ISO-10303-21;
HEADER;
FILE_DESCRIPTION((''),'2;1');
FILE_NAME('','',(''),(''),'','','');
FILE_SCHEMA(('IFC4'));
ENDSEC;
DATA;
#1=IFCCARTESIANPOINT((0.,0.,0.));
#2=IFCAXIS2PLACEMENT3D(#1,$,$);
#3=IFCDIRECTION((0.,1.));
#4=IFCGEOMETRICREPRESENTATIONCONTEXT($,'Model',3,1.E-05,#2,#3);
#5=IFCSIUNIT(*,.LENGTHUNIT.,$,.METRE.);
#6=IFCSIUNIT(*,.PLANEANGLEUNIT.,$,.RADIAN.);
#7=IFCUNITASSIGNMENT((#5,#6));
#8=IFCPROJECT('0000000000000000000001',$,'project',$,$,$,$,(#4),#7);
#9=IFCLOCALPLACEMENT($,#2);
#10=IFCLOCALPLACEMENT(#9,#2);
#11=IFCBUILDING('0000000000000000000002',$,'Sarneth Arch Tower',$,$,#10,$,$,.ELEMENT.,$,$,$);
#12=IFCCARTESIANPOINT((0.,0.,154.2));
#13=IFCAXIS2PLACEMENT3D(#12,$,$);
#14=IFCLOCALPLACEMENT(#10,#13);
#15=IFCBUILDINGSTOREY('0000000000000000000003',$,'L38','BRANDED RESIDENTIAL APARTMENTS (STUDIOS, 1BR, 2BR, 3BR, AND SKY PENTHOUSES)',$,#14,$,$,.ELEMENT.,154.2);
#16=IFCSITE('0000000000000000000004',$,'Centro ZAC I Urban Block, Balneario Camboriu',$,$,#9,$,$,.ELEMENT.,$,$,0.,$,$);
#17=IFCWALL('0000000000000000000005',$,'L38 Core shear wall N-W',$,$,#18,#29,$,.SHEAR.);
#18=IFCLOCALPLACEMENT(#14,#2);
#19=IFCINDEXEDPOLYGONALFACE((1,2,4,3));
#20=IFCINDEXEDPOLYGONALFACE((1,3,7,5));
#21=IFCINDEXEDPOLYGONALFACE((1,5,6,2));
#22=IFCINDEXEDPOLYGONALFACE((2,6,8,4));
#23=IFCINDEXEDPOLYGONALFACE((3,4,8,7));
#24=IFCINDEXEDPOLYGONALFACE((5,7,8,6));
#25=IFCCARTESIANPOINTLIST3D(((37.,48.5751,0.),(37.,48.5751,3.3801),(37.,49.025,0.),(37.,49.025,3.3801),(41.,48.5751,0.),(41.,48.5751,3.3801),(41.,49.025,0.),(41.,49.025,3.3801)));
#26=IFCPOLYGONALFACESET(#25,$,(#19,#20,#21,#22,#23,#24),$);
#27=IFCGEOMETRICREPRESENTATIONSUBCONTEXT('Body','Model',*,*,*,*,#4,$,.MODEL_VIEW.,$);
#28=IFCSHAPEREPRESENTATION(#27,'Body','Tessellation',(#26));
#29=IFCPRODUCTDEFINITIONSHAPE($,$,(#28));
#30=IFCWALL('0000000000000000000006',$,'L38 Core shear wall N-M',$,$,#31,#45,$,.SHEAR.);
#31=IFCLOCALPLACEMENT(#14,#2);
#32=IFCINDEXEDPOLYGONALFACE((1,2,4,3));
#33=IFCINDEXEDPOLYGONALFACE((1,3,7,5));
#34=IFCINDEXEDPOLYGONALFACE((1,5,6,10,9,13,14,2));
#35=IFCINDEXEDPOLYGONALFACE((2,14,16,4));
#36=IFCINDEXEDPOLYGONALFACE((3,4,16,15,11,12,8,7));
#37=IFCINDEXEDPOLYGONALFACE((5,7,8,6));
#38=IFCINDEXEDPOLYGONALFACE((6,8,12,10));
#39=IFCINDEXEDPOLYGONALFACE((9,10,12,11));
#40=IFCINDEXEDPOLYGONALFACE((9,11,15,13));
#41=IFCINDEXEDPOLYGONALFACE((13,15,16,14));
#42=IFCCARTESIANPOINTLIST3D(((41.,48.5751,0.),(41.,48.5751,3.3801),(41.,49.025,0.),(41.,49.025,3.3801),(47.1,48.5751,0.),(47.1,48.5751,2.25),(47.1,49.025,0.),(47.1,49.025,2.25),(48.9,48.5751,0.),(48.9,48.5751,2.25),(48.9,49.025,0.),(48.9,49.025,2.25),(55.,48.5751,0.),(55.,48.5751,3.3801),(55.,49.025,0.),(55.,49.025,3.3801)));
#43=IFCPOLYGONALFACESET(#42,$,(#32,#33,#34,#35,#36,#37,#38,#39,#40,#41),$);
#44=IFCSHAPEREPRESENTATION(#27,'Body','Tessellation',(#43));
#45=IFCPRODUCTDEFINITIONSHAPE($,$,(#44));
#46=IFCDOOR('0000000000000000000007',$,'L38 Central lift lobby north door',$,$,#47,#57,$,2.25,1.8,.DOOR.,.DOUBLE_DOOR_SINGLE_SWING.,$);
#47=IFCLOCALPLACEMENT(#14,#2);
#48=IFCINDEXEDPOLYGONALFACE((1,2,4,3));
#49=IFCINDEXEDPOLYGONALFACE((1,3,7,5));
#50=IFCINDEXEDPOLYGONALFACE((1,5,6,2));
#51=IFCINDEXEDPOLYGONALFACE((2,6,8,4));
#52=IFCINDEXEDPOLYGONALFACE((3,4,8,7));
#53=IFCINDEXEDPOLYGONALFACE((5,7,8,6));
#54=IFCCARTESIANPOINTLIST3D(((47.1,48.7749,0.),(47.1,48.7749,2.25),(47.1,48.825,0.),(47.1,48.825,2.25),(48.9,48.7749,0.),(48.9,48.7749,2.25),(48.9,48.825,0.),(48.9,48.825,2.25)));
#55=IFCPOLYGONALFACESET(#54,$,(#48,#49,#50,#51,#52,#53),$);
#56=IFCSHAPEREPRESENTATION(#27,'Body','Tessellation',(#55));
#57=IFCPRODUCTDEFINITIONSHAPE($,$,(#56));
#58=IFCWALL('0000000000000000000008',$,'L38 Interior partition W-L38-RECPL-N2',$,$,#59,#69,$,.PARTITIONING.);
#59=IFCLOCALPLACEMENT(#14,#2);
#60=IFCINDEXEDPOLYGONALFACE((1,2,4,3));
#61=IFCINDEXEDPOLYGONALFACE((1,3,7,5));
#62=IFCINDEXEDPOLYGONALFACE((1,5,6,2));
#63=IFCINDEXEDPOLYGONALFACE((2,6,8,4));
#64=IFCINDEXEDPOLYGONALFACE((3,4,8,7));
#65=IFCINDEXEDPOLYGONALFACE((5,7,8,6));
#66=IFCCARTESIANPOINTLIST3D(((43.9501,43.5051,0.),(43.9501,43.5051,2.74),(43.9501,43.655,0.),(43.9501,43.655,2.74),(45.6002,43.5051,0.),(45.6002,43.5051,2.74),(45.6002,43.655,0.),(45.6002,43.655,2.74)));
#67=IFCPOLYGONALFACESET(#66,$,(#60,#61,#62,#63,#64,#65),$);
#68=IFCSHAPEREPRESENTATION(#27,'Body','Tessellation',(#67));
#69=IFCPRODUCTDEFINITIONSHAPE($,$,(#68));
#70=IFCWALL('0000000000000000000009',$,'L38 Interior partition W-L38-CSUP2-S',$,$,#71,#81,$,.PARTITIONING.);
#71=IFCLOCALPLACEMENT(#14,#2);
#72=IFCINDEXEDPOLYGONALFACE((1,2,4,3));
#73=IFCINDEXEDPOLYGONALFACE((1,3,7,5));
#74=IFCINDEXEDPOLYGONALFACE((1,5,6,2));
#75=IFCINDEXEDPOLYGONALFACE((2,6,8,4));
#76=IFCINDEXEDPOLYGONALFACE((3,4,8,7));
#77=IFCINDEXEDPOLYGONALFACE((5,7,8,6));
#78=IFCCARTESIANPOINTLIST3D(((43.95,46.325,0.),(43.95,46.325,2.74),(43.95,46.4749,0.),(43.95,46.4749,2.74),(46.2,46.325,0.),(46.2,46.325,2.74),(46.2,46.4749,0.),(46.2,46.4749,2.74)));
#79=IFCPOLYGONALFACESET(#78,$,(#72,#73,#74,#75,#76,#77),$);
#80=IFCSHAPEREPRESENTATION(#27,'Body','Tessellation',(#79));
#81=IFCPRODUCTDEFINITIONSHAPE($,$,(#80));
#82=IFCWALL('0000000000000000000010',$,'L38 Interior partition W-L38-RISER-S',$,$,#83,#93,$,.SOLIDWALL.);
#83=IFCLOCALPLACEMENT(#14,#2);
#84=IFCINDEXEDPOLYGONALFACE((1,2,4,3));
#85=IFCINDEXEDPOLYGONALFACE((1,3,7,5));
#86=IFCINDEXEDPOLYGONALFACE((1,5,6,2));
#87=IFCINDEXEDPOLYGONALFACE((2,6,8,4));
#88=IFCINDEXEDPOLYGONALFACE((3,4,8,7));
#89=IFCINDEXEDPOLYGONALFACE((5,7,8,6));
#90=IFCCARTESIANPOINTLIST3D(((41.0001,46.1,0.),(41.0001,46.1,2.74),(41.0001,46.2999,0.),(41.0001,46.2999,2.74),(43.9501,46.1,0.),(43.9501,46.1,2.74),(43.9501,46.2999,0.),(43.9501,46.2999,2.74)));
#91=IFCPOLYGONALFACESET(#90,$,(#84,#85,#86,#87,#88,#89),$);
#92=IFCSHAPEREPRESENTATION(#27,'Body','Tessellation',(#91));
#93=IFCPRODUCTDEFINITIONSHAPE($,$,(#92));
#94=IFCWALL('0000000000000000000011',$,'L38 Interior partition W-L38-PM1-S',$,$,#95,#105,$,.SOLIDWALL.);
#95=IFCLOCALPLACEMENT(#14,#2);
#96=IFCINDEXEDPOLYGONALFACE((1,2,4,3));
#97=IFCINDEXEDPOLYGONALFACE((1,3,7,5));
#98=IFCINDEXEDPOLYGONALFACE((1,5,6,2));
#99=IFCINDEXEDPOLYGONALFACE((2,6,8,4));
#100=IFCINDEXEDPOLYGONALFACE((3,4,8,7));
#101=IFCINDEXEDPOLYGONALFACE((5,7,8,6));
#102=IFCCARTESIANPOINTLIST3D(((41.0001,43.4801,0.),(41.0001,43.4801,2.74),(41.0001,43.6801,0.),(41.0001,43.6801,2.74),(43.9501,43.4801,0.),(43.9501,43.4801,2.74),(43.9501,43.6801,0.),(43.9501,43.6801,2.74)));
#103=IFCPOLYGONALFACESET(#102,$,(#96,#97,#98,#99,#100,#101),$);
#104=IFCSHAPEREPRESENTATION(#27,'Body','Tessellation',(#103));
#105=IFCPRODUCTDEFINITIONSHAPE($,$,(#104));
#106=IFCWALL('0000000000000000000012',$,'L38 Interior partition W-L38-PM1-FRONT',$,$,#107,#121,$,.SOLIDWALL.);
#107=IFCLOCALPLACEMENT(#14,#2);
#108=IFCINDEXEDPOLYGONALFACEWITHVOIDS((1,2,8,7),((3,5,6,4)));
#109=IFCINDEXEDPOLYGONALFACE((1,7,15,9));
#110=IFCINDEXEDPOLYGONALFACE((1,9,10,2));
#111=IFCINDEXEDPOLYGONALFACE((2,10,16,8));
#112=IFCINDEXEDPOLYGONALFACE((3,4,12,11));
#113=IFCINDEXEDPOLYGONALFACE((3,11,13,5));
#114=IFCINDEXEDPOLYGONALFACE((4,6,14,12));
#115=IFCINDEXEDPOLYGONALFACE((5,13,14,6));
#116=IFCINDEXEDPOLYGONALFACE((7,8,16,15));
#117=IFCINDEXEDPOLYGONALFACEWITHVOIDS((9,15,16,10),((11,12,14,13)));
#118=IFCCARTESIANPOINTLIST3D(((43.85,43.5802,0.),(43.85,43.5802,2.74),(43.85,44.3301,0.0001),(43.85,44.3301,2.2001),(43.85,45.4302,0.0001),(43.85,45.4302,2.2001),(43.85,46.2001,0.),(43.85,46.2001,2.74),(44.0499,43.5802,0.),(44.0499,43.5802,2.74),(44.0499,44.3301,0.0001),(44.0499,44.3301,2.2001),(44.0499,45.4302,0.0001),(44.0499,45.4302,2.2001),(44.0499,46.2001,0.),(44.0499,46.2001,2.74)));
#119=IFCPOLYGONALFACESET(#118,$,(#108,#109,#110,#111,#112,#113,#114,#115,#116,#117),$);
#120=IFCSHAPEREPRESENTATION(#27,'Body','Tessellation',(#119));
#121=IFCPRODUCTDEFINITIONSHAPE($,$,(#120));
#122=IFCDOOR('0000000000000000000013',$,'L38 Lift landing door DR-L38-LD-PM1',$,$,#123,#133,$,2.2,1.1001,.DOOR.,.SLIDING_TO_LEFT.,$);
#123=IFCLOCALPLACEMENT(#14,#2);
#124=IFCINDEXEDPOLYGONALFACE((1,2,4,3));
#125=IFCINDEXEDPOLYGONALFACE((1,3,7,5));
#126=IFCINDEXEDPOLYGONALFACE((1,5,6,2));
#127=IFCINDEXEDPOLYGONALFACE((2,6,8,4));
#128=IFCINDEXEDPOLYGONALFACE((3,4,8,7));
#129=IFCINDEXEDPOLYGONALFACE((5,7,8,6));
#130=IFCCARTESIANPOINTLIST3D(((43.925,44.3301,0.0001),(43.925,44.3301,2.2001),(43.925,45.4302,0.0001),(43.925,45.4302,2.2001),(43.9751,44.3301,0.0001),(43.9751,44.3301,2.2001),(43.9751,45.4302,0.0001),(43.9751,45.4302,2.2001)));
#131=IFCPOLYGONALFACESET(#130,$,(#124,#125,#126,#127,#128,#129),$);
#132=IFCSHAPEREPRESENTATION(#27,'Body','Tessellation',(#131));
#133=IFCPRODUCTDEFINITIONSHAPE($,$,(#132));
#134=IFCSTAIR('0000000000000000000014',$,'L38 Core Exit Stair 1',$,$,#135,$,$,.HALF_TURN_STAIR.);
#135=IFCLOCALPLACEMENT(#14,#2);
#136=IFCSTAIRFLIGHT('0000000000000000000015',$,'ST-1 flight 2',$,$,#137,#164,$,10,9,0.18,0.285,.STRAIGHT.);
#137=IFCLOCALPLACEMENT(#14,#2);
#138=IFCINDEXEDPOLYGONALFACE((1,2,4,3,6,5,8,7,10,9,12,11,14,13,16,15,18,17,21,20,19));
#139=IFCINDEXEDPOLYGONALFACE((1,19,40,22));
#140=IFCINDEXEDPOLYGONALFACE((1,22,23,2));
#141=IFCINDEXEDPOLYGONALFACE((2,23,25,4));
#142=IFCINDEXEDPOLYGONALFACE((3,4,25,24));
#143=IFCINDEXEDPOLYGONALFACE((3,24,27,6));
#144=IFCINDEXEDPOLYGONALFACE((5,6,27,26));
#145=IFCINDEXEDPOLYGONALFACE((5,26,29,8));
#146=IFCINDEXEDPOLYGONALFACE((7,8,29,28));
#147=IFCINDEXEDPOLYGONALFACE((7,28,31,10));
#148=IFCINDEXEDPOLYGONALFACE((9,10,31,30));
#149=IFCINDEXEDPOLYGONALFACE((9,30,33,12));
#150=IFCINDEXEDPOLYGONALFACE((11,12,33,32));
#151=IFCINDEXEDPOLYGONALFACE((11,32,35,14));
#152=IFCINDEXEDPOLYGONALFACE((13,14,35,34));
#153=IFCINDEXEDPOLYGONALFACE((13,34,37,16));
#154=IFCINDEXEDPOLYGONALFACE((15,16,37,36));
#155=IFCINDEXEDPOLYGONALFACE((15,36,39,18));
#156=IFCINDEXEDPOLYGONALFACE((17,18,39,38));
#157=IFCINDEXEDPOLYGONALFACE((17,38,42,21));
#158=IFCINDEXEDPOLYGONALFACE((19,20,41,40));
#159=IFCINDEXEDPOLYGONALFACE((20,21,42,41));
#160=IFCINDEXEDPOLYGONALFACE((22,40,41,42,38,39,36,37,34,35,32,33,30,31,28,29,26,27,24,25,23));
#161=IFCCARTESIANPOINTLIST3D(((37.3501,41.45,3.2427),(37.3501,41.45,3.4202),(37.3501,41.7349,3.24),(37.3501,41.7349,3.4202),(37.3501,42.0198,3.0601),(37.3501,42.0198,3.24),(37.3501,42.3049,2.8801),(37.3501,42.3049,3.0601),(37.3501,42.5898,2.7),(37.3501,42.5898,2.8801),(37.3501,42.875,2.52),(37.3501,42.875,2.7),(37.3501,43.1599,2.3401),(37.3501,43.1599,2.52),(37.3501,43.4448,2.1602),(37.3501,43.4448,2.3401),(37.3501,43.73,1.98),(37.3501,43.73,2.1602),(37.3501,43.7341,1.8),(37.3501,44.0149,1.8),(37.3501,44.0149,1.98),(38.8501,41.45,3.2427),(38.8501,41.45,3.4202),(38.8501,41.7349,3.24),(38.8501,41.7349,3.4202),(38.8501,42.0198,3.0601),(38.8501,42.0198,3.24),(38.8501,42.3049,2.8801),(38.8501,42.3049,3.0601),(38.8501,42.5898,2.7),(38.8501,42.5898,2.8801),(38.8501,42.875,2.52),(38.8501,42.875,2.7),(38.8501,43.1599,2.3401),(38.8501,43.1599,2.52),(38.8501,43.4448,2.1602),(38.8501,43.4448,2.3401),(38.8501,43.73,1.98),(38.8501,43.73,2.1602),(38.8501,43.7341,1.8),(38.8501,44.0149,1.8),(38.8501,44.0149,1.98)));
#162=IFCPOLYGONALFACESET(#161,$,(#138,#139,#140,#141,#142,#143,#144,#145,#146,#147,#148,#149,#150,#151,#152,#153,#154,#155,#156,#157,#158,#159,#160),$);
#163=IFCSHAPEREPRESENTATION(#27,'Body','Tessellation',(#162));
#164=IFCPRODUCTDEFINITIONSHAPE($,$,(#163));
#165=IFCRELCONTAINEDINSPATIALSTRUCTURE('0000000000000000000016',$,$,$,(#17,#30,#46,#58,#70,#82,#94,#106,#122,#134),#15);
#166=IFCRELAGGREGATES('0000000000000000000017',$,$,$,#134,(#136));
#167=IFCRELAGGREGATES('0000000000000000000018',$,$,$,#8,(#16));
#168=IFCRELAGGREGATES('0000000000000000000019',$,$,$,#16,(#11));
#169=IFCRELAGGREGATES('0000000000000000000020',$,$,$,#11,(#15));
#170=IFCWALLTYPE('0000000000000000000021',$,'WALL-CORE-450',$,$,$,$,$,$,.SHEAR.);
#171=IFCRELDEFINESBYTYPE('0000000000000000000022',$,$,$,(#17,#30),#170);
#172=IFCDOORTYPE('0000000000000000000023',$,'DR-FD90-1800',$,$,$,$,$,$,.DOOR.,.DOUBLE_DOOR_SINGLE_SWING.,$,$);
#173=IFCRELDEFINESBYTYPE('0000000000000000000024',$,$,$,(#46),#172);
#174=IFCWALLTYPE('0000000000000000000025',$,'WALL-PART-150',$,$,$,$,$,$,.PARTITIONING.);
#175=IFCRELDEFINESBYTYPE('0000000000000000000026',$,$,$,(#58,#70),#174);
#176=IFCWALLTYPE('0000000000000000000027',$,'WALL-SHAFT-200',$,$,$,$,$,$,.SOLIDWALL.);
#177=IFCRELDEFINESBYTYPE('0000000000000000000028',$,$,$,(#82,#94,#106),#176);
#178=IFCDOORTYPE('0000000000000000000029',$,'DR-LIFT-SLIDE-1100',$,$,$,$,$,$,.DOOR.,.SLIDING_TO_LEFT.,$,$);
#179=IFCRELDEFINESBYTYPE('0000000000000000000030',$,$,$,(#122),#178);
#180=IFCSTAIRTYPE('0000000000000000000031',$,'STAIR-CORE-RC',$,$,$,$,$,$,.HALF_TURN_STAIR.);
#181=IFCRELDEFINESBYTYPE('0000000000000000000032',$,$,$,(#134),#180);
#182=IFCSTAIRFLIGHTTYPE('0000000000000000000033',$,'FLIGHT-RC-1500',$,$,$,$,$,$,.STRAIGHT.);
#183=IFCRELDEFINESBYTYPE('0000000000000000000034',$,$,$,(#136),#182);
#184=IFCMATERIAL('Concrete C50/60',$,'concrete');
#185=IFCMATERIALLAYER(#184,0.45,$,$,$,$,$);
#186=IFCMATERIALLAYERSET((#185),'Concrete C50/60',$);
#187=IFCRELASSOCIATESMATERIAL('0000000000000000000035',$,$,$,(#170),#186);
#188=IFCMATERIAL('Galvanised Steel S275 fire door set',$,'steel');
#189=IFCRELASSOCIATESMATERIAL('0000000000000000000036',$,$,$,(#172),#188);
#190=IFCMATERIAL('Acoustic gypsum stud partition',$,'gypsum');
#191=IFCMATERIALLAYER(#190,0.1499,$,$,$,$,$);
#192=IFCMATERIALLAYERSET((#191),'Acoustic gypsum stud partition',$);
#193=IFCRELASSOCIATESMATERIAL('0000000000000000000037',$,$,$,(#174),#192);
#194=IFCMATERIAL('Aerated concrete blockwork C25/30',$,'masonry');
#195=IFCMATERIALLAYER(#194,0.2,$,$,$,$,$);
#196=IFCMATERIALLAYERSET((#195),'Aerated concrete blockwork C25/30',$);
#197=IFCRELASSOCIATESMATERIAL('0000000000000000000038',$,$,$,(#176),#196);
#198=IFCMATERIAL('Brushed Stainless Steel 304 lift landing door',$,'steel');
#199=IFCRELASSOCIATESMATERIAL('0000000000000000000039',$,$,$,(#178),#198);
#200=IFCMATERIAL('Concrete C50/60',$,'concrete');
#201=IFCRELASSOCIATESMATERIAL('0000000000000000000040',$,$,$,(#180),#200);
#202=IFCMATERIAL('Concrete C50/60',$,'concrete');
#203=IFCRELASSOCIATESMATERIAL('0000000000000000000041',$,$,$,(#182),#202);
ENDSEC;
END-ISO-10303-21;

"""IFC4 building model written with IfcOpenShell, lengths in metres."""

from ifc_helpers import new_model, si_unit, direction, frame, frame_2d, origin, place, context, subcontext, project, spatial, polyline, rectangle, outline, extrude, material, layer, layer_set, type_object, element, fill, aggregate, save


model = new_model("IFC4")

# Units and contexts
model_context = context("Model", 3, precision=1e-05, world=origin(), true_north=direction((0.0, 1.0)))
body_context = subcontext(model_context, "Body", "Model", "MODEL_VIEW")
ifc_project = project(units=[si_unit("LENGTHUNIT", "METRE"), si_unit("PLANEANGLEUNIT", "RADIAN")], contexts=[model_context])

# Site, building, storey
site_placement = place(None, origin())
site = spatial("IfcSite", under=ifc_project, at=site_placement, Name="Centro ZAC I Urban Block, Balneario Camboriu", CompositionType="ELEMENT", RefElevation=0.0)
building_placement = place(site_placement, origin())
building = spatial("IfcBuilding", under=site, at=building_placement, Name="Sarneth Arch Tower", CompositionType="ELEMENT")
storey_placement = place(building_placement, frame((0.0, 0.0, 154.2)))
storey = spatial("IfcBuildingStorey", under=building, at=storey_placement, Name="L38", Description="BRANDED RESIDENTIAL APARTMENTS (STUDIOS, 1BR, 2BR, 3BR, AND SKY PENTHOUSES)", CompositionType="ELEMENT", Elevation=154.2)

# Wall
ifc_material_1 = material(Name="Concrete C50/60", Category="concrete")
ifc_layer_1 = layer(ifc_material_1, 0.45)
ifc_layer_set_1 = layer_set([ifc_layer_1], Name="Concrete C50/60")
wall_type_1 = type_object("IfcWallType", Name="WALL-CORE-450", PredefinedType="SHEAR", material=ifc_layer_set_1)
wall_1_placement = place(storey_placement, frame((37.0, 48.8, 0.0), z_axis=(0.0, 0.0, 1.0), x_axis=(1.0, 0.0, 0.0)))
element("IfcWall", 1, at=wall_1_placement, inside=storey, type_object=wall_type_1, Name="L38 Core shear wall N-W", PredefinedType="SHEAR", context=body_context, shape_type="SweptSolid", body=[
    extrude(rectangle(XDim=4.0, YDim=0.45, at=frame_2d((2.0, 0.0))), origin(), (0.0, 0.0, 1.0), 3.3801),
])

# Wall, opening, door
wall_2_placement = place(storey_placement, frame((41.0, 48.8, 0.0), z_axis=(0.0, 0.0, 1.0), x_axis=(1.0, 0.0, 0.0)))
wall_2 = element("IfcWall", 2, at=wall_2_placement, inside=storey, type_object=wall_type_1, Name="L38 Core shear wall N-M", PredefinedType="SHEAR", context=body_context, shape_type="SweptSolid", body=[
    extrude(rectangle(XDim=14.0, YDim=0.45, at=frame_2d((7.0, 0.0))), origin(), (0.0, 0.0, 1.0), 3.3801),
])
opening_1_placement = place(wall_2_placement, frame((6.1001, 0.0, 0.0)))
opening_1 = element("IfcOpeningElement", 3, at=opening_1_placement, cuts=wall_2, PredefinedType="OPENING", context=body_context, shape_type="SweptSolid", body=[
    extrude(rectangle(XDim=1.8, YDim=2.25, at=frame_2d((0.8999, 1.125))), frame((0.0, 0.2349, 0.0), z_axis=(0.0, -1.0, 0.0), x_axis=(1.0, 0.0, 0.0)), (0.0, 0.0, 1.0), 0.47),
])
ifc_material_2 = material(Name="Galvanised Steel S275 fire door set", Category="steel")
door_type_1 = type_object("IfcDoorType", Name="DR-FD90-1800", OperationType="DOUBLE_DOOR_SINGLE_SWING", PredefinedType="DOOR", material=ifc_material_2)
door_1_placement = place(opening_1_placement, origin())
door_1 = element("IfcDoor", 4, at=door_1_placement, inside=storey, type_object=door_type_1, Name="L38 Central lift lobby north door", OperationType="DOUBLE_DOOR_SINGLE_SWING", OverallHeight=2.25, OverallWidth=1.8, PredefinedType="DOOR", context=body_context, shape_type="SweptSolid", body=[
    extrude(rectangle(XDim=1.8, YDim=2.25, at=frame_2d((0.8999, 1.125))), frame((0.0, 0.0249, 0.0), z_axis=(0.0, -1.0, 0.0), x_axis=(1.0, 0.0, 0.0)), (0.0, 0.0, 1.0), 0.05),
])
fill(opening_1, door_1)

# Walls
ifc_material_3 = material(Name="Acoustic gypsum stud partition", Category="gypsum")
ifc_layer_2 = layer(ifc_material_3, 0.1499)
ifc_layer_set_2 = layer_set([ifc_layer_2], Name="Acoustic gypsum stud partition")
wall_type_2 = type_object("IfcWallType", Name="WALL-PART-150", PredefinedType="PARTITIONING", material=ifc_layer_set_2)
wall_3_placement = place(storey_placement, frame((43.95, 43.5801, 0.0), z_axis=(0.0, 0.0, 1.0), x_axis=(1.0, 0.0, 0.0)))
element("IfcWall", 5, at=wall_3_placement, inside=storey, type_object=wall_type_2, Name="L38 Interior partition W-L38-RECPL-N2", PredefinedType="PARTITIONING", context=body_context, shape_type="SweptSolid", body=[
    extrude(rectangle(XDim=1.6501, YDim=0.1499, at=frame_2d((0.8252, 0.0))), origin(), (0.0, 0.0, 1.0), 2.74),
])
wall_4_placement = place(storey_placement, frame((43.95, 46.3999, 0.0), z_axis=(0.0, 0.0, 1.0), x_axis=(1.0, 0.0, 0.0)))
element("IfcWall", 6, at=wall_4_placement, inside=storey, type_object=wall_type_2, Name="L38 Interior partition W-L38-CSUP2-S", PredefinedType="PARTITIONING", context=body_context, shape_type="SweptSolid", body=[
    extrude(rectangle(XDim=2.25, YDim=0.1499, at=frame_2d((1.125, 0.0))), origin(), (0.0, 0.0, 1.0), 2.74),
])

# Wall
ifc_material_4 = material(Name="Aerated concrete blockwork C25/30", Category="masonry")
ifc_layer_3 = layer(ifc_material_4, 0.2)
ifc_layer_set_3 = layer_set([ifc_layer_3], Name="Aerated concrete blockwork C25/30")
wall_type_3 = type_object("IfcWallType", Name="WALL-SHAFT-200", PredefinedType="SOLIDWALL", material=ifc_layer_set_3)
wall_5_placement = place(storey_placement, frame((41.0, 46.2, 0.0), z_axis=(0.0, 0.0, 1.0), x_axis=(1.0, 0.0, 0.0)))
element("IfcWall", 7, at=wall_5_placement, inside=storey, type_object=wall_type_3, Name="L38 Interior partition W-L38-RISER-S", PredefinedType="SOLIDWALL", context=body_context, shape_type="SweptSolid", body=[
    extrude(rectangle(XDim=2.95, YDim=0.2, at=frame_2d((1.4751, 0.0))), origin(), (0.0, 0.0, 1.0), 2.74),
])

# Wall
wall_6_placement = place(storey_placement, frame((41.0, 43.5801, 0.0), z_axis=(0.0, 0.0, 1.0), x_axis=(1.0, 0.0, 0.0)))
element("IfcWall", 8, at=wall_6_placement, inside=storey, type_object=wall_type_3, Name="L38 Interior partition W-L38-PM1-S", PredefinedType="SOLIDWALL", context=body_context, shape_type="SweptSolid", body=[
    extrude(rectangle(XDim=2.95, YDim=0.2, at=frame_2d((1.4751, 0.0))), origin(), (0.0, 0.0, 1.0), 2.74),
])

# Wall, opening, door
wall_7_placement = place(storey_placement, frame((43.95, 43.5801, 0.0), z_axis=(0.0, 0.0, 1.0), x_axis=(0.0, 1.0, 0.0)))
wall_7 = element("IfcWall", 9, at=wall_7_placement, inside=storey, type_object=wall_type_3, Name="L38 Interior partition W-L38-PM1-FRONT", PredefinedType="SOLIDWALL", context=body_context, shape_type="SweptSolid", body=[
    extrude(rectangle(XDim=2.6199, YDim=0.2, at=frame_2d((1.3101, 0.0))), origin(), (0.0, 0.0, 1.0), 2.74),
])
opening_2_placement = place(wall_7_placement, frame((0.75, 0.0, 0.0)))
opening_2 = element("IfcOpeningElement", 10, at=opening_2_placement, cuts=wall_7, PredefinedType="OPENING", context=body_context, shape_type="SweptSolid", body=[
    extrude(rectangle(XDim=1.1001, YDim=2.2, at=frame_2d((0.55, 1.1001))), frame((0.0, 0.1099, 0.0), z_axis=(0.0, -1.0, 0.0), x_axis=(1.0, 0.0, 0.0)), (0.0, 0.0, 1.0), 0.22),
])
ifc_material_5 = material(Name="Brushed Stainless Steel 304 lift landing door", Category="steel")
door_type_2 = type_object("IfcDoorType", Name="DR-LIFT-SLIDE-1100", OperationType="SLIDING_TO_LEFT", PredefinedType="DOOR", material=ifc_material_5)
door_2_placement = place(opening_2_placement, origin())
door_2 = element("IfcDoor", 11, at=door_2_placement, inside=storey, type_object=door_type_2, Name="L38 Lift landing door DR-L38-LD-PM1", OperationType="SLIDING_TO_LEFT", OverallHeight=2.2, OverallWidth=1.1001, PredefinedType="DOOR", context=body_context, shape_type="SweptSolid", body=[
    extrude(rectangle(XDim=1.1001, YDim=2.2, at=frame_2d((0.55, 1.1001))), frame((0.0, 0.0249, 0.0), z_axis=(0.0, -1.0, 0.0), x_axis=(1.0, 0.0, 0.0)), (0.0, 0.0, 1.0), 0.05),
])
fill(opening_2, door_2)

# Stair, stair flight
ifc_material_6 = material(Name="Concrete C50/60", Category="concrete")
stair_type = type_object("IfcStairType", Name="STAIR-CORE-RC", PredefinedType="HALF_TURN_STAIR", material=ifc_material_6)
stair_placement = place(storey_placement, origin())
stair = element("IfcStair", 12, at=stair_placement, inside=storey, type_object=stair_type, Name="L38 Core Exit Stair 1", PredefinedType="HALF_TURN_STAIR")
ifc_material_7 = material(Name="Concrete C50/60", Category="concrete")
stair_flight_type = type_object("IfcStairFlightType", Name="FLIGHT-RC-1500", PredefinedType="STRAIGHT", material=ifc_material_7)
stair_flight_placement = place(storey_placement, frame((38.1001, 44.0149, 1.8), z_axis=(0.0, 0.0, 1.0), x_axis=(0.0, -1.0, 0.0)))
stair_flight = element("IfcStairFlight", 13, at=stair_flight_placement, type_object=stair_flight_type, Name="ST-1 flight 2", NumberOfRisers=10, NumberOfTreads=9, PredefinedType="STRAIGHT", RiserHeight=0.18, TreadLength=0.285, context=body_context, shape_type="SweptSolid", body=[
    extrude(outline(polyline([(0.0, 0.0), (0.0, 0.1799), (0.2849, 0.1799), (0.2849, 0.3601), (0.5701, 0.3601), (0.5701, 0.54), (0.855, 0.54), (0.855, 0.72), (1.1399, 0.72), (1.1399, 0.8999), (1.425, 0.8999), (1.425, 1.0801), (1.71, 1.0801), (1.71, 1.26), (1.9951, 1.26), (1.9951, 1.4399), (2.28, 1.4399), (2.28, 1.6201), (2.5649, 1.6201), (2.5649, 1.8), (2.5649, 1.4426), (0.2808, 0.0), (0.0, 0.0)])), frame((0.0, 0.75, 0.0), z_axis=(0.0, -1.0, 0.0), x_axis=(1.0, 0.0, 0.0)), (0.0, 0.0, 1.0), 1.5),
])
aggregate(stair, [stair_flight])

save(model, "model.ifc")
